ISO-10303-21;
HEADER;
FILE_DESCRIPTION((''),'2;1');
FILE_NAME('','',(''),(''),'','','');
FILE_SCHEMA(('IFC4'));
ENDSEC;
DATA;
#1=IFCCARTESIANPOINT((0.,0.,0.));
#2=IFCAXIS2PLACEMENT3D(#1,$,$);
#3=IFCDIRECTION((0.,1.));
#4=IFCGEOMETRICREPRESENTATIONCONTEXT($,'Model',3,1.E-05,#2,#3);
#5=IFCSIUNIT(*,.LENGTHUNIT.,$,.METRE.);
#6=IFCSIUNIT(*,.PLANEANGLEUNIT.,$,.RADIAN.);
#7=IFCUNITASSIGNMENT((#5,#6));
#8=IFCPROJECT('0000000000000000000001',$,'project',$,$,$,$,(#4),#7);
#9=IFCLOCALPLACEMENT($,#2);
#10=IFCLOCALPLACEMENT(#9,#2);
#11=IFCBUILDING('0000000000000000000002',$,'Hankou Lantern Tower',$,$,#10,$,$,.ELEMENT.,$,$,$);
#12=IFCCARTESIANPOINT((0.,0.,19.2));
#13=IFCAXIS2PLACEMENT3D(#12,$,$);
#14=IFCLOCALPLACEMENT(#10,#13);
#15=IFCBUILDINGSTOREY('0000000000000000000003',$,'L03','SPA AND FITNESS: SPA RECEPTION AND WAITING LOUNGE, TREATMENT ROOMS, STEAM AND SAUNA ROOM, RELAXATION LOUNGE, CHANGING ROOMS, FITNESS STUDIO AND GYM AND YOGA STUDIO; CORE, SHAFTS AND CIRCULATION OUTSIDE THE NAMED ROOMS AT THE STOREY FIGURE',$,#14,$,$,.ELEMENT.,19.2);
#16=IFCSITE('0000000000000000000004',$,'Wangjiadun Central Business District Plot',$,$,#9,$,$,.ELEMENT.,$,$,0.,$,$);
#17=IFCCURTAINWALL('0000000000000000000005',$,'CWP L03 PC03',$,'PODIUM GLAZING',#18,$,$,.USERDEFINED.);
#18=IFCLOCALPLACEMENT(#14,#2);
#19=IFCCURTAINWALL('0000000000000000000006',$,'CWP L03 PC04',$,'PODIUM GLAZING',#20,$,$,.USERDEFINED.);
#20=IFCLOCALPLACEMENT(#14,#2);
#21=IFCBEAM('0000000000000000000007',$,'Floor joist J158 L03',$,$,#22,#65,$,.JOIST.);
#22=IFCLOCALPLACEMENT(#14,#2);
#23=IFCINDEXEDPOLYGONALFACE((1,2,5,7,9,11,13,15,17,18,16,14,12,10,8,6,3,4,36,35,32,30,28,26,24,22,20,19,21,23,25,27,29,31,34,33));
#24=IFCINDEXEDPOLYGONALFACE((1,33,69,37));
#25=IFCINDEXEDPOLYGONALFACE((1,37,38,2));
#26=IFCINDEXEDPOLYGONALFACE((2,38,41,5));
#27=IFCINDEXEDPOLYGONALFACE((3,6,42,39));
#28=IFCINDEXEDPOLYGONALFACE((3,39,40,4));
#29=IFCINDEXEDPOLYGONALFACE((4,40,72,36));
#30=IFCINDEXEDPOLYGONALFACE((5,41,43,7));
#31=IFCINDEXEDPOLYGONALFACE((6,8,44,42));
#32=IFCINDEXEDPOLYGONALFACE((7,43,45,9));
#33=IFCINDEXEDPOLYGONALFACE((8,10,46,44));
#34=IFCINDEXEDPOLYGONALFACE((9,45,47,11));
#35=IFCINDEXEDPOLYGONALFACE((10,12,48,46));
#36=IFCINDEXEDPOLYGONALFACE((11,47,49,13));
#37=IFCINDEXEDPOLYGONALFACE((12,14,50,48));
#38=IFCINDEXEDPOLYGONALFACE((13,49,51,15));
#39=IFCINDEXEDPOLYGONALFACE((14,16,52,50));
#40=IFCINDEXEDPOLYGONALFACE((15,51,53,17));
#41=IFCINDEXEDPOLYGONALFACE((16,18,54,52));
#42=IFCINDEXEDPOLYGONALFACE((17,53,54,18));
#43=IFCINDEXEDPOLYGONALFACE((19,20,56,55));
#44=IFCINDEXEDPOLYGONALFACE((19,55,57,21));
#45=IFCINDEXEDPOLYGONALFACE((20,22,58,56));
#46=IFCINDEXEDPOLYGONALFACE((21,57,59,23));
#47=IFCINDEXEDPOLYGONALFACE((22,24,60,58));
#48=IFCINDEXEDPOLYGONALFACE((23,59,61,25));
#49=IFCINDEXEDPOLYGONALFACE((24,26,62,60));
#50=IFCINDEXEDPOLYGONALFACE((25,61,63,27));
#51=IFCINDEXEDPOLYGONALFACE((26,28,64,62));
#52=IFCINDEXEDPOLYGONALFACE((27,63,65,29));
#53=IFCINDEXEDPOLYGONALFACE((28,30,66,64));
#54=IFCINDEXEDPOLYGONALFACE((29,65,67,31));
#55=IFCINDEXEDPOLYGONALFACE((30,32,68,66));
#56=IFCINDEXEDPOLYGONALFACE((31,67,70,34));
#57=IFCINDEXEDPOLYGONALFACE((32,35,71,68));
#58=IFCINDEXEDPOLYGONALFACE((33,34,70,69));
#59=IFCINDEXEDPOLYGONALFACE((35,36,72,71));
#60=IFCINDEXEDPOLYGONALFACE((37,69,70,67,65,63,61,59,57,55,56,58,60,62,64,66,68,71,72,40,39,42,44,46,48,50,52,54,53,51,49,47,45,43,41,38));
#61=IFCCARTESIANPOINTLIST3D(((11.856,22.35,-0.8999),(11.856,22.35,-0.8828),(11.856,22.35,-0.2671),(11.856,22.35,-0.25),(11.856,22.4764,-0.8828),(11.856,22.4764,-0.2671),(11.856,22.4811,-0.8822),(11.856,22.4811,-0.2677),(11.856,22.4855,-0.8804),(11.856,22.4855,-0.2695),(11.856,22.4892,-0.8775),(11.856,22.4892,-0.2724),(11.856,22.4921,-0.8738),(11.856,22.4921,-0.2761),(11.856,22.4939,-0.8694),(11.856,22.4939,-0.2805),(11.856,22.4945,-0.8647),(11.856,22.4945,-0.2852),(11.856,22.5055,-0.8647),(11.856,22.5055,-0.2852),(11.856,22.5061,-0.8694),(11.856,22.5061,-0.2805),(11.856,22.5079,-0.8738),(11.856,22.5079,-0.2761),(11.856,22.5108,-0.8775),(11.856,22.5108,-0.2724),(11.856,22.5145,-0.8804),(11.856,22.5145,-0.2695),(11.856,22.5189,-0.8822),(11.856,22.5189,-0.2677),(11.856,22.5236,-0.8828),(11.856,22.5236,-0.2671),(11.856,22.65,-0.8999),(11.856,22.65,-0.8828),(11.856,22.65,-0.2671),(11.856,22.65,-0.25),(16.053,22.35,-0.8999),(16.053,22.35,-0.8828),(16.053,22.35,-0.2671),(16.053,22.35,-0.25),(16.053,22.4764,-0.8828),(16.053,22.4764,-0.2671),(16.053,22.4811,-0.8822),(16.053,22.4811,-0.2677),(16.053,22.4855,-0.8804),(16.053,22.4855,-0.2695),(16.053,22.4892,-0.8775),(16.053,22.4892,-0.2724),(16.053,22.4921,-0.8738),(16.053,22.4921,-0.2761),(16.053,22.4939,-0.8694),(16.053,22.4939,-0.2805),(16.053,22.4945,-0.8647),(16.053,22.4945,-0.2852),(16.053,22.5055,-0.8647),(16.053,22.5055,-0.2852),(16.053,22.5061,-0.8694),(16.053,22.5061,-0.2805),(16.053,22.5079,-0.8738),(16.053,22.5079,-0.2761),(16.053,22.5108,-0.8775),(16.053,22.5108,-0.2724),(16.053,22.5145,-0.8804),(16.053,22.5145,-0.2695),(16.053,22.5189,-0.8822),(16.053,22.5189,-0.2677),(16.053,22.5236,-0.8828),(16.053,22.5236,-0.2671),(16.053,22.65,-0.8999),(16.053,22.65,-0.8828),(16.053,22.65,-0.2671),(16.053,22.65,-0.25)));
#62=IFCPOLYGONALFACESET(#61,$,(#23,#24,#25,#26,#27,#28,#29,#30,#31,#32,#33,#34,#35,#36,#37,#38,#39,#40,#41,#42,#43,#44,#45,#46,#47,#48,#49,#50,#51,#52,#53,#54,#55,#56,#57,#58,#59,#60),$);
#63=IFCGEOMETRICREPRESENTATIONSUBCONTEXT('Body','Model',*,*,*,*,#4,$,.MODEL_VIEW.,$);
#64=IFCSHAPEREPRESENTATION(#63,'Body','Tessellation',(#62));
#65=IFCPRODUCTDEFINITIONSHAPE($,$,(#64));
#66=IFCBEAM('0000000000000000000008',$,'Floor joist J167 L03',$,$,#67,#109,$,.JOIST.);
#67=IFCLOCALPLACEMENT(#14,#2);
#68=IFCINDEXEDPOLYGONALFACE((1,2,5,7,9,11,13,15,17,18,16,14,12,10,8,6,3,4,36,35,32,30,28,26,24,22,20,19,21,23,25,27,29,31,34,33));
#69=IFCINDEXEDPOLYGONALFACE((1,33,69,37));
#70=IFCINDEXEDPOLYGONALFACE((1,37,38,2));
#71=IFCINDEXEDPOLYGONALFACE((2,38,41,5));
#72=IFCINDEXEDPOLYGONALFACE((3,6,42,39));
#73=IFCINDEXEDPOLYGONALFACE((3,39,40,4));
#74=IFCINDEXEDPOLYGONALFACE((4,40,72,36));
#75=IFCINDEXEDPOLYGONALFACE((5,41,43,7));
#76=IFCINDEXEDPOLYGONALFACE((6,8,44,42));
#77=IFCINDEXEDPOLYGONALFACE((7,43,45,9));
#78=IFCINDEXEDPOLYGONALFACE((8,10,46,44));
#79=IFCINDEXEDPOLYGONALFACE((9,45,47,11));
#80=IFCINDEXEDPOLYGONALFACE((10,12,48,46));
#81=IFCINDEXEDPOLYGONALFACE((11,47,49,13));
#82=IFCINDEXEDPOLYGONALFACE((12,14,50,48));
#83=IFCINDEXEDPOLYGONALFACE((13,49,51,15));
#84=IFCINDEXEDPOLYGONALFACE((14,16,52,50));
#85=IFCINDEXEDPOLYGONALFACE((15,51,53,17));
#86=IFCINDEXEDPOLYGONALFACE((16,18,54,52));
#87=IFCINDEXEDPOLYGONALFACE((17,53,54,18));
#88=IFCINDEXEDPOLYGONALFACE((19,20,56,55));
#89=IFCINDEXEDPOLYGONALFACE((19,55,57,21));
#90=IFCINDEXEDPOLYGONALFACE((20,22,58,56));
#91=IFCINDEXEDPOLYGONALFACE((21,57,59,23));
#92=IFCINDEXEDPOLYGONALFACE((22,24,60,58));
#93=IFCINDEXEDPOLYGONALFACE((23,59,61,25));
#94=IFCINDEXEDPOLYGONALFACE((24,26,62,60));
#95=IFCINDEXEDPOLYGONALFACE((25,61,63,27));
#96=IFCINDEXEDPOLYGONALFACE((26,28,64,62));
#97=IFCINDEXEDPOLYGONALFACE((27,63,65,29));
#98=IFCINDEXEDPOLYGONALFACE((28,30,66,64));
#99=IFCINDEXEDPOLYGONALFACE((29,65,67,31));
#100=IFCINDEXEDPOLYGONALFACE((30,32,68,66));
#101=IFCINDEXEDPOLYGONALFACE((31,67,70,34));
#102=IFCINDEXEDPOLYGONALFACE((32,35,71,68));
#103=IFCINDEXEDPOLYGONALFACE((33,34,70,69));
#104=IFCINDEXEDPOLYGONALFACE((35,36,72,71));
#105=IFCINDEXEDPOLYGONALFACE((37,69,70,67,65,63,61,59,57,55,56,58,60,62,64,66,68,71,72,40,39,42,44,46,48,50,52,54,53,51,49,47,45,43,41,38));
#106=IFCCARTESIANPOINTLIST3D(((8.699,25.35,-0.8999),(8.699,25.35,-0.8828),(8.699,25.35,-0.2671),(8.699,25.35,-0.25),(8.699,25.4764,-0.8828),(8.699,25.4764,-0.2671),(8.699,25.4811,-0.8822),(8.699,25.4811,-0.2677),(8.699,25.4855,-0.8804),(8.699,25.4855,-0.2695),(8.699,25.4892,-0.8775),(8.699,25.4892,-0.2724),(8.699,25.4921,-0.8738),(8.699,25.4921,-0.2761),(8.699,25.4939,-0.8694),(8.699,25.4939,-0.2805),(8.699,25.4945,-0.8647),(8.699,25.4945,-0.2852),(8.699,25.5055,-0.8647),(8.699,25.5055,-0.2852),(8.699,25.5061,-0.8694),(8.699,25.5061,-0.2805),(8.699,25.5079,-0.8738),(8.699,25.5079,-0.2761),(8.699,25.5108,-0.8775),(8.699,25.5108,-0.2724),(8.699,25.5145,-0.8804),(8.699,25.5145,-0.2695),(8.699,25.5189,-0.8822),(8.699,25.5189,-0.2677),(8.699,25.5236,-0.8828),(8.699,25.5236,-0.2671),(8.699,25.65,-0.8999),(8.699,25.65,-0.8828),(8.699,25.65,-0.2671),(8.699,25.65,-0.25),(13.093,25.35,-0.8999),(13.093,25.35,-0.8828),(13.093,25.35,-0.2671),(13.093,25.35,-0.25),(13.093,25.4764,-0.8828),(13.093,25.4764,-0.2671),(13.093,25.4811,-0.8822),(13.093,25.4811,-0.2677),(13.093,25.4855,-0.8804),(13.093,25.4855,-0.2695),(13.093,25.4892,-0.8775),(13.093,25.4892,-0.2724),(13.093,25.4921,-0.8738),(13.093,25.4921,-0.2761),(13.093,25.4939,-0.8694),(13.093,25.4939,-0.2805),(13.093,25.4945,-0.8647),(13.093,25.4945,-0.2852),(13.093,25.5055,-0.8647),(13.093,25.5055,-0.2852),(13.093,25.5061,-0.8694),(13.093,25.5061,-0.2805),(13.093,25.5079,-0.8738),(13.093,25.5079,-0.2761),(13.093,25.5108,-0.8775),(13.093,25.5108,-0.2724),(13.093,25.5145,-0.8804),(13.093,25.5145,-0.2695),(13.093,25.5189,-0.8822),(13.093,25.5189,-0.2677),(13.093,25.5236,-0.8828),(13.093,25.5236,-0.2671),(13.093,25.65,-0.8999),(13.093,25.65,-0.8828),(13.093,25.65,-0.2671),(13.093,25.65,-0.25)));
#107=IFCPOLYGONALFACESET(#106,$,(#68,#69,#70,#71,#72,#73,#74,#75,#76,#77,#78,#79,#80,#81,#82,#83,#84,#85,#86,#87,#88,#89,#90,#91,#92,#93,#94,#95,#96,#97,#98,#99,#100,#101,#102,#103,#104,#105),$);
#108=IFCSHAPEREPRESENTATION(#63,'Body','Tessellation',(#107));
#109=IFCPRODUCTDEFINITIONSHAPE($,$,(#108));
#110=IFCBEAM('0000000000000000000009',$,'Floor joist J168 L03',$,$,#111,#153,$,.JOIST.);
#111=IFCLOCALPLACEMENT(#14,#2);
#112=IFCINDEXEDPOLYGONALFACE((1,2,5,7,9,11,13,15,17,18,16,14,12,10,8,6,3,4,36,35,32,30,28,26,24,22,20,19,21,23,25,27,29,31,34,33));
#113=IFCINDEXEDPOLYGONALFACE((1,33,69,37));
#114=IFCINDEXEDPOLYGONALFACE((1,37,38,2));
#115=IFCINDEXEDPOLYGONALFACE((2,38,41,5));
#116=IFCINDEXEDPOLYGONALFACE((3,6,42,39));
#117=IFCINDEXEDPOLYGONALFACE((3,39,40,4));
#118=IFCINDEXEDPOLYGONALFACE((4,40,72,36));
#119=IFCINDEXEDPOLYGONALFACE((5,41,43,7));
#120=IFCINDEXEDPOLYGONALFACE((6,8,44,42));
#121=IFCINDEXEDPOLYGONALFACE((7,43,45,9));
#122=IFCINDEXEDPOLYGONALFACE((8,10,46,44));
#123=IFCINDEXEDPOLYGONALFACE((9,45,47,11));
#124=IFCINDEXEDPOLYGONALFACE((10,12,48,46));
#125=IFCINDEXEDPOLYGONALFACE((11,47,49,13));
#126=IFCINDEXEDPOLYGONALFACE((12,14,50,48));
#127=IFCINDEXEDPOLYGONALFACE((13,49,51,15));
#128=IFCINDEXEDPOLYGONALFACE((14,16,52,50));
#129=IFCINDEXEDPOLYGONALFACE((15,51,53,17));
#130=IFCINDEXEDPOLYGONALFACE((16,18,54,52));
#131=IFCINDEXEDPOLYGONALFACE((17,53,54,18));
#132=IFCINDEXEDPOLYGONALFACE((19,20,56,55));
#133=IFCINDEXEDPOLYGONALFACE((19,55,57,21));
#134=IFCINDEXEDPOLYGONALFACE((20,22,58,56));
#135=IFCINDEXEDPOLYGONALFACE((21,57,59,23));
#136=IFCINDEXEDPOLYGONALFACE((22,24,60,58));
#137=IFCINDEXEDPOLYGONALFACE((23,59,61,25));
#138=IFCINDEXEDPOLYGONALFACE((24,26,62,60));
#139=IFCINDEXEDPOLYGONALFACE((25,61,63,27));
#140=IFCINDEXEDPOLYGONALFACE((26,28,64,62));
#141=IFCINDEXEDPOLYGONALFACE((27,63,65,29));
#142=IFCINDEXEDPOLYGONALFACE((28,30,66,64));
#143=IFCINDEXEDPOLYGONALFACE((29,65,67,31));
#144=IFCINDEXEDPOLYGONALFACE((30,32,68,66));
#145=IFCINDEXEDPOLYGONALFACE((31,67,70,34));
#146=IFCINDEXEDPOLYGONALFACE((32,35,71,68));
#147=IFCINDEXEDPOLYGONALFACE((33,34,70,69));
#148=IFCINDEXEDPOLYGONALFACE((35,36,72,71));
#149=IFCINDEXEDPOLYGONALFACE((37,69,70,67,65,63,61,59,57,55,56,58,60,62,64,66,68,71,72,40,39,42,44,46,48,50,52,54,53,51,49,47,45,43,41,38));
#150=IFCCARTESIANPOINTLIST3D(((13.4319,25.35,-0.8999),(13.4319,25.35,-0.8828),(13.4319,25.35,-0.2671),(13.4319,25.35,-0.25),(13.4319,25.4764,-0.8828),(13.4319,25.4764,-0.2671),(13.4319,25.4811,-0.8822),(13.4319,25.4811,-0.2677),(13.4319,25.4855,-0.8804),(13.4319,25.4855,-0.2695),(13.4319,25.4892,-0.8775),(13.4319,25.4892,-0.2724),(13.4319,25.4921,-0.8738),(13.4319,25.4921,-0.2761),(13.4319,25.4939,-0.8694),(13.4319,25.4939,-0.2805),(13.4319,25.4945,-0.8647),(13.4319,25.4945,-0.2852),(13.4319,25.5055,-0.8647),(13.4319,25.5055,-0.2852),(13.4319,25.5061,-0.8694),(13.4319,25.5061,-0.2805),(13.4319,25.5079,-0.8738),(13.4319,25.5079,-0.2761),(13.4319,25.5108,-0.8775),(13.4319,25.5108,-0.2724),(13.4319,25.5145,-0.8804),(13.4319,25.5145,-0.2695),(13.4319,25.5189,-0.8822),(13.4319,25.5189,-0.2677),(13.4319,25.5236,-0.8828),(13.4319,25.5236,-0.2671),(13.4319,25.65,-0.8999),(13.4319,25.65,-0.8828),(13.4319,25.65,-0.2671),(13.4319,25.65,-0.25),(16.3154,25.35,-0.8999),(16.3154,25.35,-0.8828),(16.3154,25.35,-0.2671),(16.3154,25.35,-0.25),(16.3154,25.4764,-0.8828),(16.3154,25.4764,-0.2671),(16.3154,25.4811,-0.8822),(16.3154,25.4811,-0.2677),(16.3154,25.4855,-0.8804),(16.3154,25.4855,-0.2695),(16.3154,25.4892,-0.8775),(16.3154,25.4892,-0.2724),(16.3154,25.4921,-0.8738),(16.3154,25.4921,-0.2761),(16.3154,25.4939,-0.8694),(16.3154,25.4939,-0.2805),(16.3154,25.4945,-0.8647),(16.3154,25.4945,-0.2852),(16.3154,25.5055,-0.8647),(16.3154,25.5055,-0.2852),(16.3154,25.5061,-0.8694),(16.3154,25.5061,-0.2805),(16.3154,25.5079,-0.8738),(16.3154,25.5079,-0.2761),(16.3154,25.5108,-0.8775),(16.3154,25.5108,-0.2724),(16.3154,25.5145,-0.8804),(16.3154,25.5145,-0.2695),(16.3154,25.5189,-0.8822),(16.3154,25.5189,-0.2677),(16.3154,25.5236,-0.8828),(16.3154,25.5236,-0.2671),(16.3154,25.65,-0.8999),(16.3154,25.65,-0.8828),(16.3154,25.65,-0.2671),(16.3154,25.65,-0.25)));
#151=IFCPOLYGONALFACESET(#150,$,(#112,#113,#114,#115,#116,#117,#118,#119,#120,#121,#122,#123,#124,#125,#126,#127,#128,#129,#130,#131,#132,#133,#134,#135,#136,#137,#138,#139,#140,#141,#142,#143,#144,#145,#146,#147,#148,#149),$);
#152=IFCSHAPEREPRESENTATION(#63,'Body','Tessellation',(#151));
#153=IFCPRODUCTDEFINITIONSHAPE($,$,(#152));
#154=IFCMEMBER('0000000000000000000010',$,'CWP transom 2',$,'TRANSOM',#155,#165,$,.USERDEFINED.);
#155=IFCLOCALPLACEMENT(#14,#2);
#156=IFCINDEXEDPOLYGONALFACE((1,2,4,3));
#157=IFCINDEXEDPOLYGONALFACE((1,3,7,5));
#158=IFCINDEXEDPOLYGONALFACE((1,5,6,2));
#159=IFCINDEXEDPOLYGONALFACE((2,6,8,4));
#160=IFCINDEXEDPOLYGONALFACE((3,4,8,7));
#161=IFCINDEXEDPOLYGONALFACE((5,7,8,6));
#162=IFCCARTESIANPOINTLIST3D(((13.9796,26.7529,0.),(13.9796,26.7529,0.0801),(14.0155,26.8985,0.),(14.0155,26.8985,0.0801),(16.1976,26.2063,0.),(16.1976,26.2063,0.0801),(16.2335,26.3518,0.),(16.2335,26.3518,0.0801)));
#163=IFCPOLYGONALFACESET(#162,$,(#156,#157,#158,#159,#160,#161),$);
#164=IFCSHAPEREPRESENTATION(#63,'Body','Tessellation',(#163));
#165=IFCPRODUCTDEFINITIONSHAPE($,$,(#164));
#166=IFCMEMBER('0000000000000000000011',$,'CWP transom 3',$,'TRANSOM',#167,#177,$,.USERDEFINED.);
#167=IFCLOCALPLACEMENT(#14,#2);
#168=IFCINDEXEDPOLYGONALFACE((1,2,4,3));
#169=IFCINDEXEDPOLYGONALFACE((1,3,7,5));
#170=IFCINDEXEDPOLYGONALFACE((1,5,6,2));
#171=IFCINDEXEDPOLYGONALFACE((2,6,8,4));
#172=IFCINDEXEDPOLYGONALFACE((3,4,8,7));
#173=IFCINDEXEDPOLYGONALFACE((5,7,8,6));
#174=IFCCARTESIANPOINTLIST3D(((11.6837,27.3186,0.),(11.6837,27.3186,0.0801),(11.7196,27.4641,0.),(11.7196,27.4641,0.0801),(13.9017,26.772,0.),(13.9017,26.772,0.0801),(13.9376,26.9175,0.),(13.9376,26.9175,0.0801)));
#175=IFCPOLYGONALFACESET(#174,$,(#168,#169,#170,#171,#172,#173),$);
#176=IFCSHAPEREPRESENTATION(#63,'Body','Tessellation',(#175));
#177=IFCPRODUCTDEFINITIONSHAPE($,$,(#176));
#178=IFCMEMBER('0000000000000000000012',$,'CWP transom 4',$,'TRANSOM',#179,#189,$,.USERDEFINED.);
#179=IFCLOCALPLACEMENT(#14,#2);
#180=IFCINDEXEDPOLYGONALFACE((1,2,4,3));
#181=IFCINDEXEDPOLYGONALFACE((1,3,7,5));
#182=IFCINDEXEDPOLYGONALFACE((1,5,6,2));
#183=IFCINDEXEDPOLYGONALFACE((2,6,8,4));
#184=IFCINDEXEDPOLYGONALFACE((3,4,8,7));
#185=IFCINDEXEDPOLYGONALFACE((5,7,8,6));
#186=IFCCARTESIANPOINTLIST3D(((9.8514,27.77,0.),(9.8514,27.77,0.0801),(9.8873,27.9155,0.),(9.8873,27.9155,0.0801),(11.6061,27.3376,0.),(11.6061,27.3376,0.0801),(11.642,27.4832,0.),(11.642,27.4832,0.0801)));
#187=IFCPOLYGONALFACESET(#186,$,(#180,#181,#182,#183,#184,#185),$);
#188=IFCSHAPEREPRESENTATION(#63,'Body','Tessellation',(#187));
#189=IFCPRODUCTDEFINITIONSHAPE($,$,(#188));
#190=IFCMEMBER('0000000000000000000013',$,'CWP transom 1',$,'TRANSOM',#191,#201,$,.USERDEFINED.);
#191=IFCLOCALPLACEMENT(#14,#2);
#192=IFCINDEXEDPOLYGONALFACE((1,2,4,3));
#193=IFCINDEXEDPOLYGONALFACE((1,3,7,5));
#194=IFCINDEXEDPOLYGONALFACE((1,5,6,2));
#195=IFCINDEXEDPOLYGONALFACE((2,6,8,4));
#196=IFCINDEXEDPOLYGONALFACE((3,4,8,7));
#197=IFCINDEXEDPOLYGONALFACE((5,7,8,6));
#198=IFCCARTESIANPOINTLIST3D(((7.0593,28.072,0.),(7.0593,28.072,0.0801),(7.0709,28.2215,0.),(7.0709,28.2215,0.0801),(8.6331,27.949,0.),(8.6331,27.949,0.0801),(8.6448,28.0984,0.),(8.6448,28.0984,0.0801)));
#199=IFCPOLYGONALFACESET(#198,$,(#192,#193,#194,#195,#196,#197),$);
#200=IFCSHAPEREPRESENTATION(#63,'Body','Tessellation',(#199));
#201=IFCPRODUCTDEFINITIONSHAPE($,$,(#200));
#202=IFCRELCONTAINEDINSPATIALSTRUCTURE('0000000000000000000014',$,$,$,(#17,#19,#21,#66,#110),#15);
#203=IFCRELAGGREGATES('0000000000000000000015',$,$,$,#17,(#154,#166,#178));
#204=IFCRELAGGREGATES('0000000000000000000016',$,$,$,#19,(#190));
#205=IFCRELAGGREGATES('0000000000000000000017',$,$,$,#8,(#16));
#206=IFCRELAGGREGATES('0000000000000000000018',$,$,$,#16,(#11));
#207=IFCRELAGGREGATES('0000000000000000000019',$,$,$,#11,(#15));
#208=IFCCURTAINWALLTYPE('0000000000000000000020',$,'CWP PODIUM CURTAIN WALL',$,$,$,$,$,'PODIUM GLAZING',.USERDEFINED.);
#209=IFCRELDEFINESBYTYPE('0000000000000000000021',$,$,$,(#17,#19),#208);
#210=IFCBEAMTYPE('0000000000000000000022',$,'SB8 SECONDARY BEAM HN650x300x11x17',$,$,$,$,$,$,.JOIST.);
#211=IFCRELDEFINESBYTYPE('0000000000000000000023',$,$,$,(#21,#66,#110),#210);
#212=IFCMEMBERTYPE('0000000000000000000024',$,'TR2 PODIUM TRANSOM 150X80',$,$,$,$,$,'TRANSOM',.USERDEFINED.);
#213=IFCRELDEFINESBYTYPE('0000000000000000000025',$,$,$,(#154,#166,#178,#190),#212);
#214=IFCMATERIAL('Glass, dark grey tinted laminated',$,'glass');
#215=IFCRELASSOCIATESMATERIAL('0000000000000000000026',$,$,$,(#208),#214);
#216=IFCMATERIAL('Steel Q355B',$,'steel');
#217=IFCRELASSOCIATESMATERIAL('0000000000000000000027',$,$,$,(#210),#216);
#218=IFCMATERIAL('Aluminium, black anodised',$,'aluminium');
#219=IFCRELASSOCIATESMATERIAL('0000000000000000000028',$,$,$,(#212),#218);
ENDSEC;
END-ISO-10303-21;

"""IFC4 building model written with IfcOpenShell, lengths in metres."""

from ifc_helpers import new_model, si_unit, direction, frame, origin, origin_2d, place, context, subcontext, project, spatial, rectangle, i_section, extrude, material, material_profile, profile_set, type_object, element, aggregate, save


model = new_model("IFC4")

# Units and contexts
model_context = context("Model", 3, precision=1e-05, world=origin(), true_north=direction((0.0, 1.0)))
body_context = subcontext(model_context, "Body", "Model", "MODEL_VIEW")
ifc_project = project(units=[si_unit("LENGTHUNIT", "METRE"), si_unit("PLANEANGLEUNIT", "RADIAN")], contexts=[model_context])

# Site, building, storey
site_placement = place(None, origin())
site = spatial("IfcSite", under=ifc_project, at=site_placement, Name="Wangjiadun Central Business District Plot", CompositionType="ELEMENT", RefElevation=0.0)
building_placement = place(site_placement, origin())
building = spatial("IfcBuilding", under=site, at=building_placement, Name="Hankou Lantern Tower", CompositionType="ELEMENT")
storey_placement = place(building_placement, frame((0.0, 0.0, 19.2)))
storey = spatial("IfcBuildingStorey", under=building, at=storey_placement, Name="L03", Description="SPA AND FITNESS: SPA RECEPTION AND WAITING LOUNGE, TREATMENT ROOMS, STEAM AND SAUNA ROOM, RELAXATION LOUNGE, CHANGING ROOMS, FITNESS STUDIO AND GYM AND YOGA STUDIO; CORE, SHAFTS AND CIRCULATION OUTSIDE THE NAMED ROOMS AT THE STOREY FIGURE", CompositionType="ELEMENT", Elevation=19.2)

# Curtain wall
ifc_material_1 = material(Name="Glass, dark grey tinted laminated", Category="glass")
curtain_wall_type = type_object("IfcCurtainWallType", Name="CWP PODIUM CURTAIN WALL", ElementType="PODIUM GLAZING", PredefinedType="USERDEFINED", material=ifc_material_1)
curtain_wall_1_placement = place(storey_placement, origin())
curtain_wall_1 = element("IfcCurtainWall", 1, at=curtain_wall_1_placement, inside=storey, type_object=curtain_wall_type, Name="CWP L03 PC03", ObjectType="PODIUM GLAZING", PredefinedType="USERDEFINED")

# Curtain wall
curtain_wall_2_placement = place(storey_placement, origin())
curtain_wall_2 = element("IfcCurtainWall", 2, at=curtain_wall_2_placement, inside=storey, type_object=curtain_wall_type, Name="CWP L03 PC04", ObjectType="PODIUM GLAZING", PredefinedType="USERDEFINED")

# Beams
ifc_material_2 = material(Name="Steel Q355B", Category="steel")
ifc_material_profile_1 = material_profile(ifc_material_2, i_section(OverallWidth=0.3, OverallDepth=0.6499, WebThickness=0.011, FlangeThickness=0.0171, FilletRadius=0.0181, at=origin_2d()), Name="HN650x300x11x17")
ifc_profile_set_1 = profile_set([ifc_material_profile_1], Name="Steel Q355B")
beam_type_1 = type_object("IfcBeamType", Name="SB8 SECONDARY BEAM HN650x300x11x17", PredefinedType="JOIST", material=ifc_profile_set_1)
beam_1_placement = place(storey_placement, frame((11.856, 22.5, -0.575), z_axis=(1.0, 0.0, 0.0), x_axis=(0.0, 1.0, 0.0)))
element("IfcBeam", 3, at=beam_1_placement, inside=storey, type_object=beam_type_1, Name="Floor joist J158 L03", PredefinedType="JOIST", context=body_context, shape_type="SweptSolid", body=[
    extrude(i_section(OverallWidth=0.3, OverallDepth=0.6499, WebThickness=0.011, FlangeThickness=0.0171, FilletRadius=0.0181, at=origin_2d()), origin(), (0.0, 0.0, 1.0), 4.197),
])
beam_2_placement = place(storey_placement, frame((8.699, 25.5, -0.575), z_axis=(1.0, 0.0, 0.0), x_axis=(0.0, 1.0, 0.0)))
element("IfcBeam", 4, at=beam_2_placement, inside=storey, type_object=beam_type_1, Name="Floor joist J167 L03", PredefinedType="JOIST", context=body_context, shape_type="SweptSolid", body=[
    extrude(i_section(OverallWidth=0.3, OverallDepth=0.6499, WebThickness=0.011, FlangeThickness=0.0171, FilletRadius=0.0181, at=origin_2d()), origin(), (0.0, 0.0, 1.0), 4.394),
])
beam_3_placement = place(storey_placement, frame((13.4319, 25.5, -0.575), z_axis=(1.0, 0.0, 0.0), x_axis=(0.0, 1.0, 0.0)))
element("IfcBeam", 5, at=beam_3_placement, inside=storey, type_object=beam_type_1, Name="Floor joist J168 L03", PredefinedType="JOIST", context=body_context, shape_type="SweptSolid", body=[
    extrude(i_section(OverallWidth=0.3, OverallDepth=0.6499, WebThickness=0.011, FlangeThickness=0.0171, FilletRadius=0.0181, at=origin_2d()), origin(), (0.0, 0.0, 1.0), 2.8835),
])

# Members
ifc_material_3 = material(Name="Aluminium, black anodised", Category="aluminium")
ifc_material_profile_2 = material_profile(ifc_material_3, rectangle(XDim=0.1499, YDim=0.0801, at=origin_2d()), Name="TR2 150X80")
ifc_profile_set_2 = profile_set([ifc_material_profile_2], Name="Aluminium, black anodised")
member_type_1 = type_object("IfcMemberType", Name="TR2 PODIUM TRANSOM 150X80", ElementType="TRANSOM", PredefinedType="USERDEFINED", material=ifc_profile_set_2)
member_1_placement = place(storey_placement, frame((16.2156, 26.2791, 0.04), z_axis=(-0.970948, 0.23929, 0.0), x_axis=(-0.23929, -0.970948, 0.0)))
member_1 = element("IfcMember", 6, at=member_1_placement, type_object=member_type_1, Name="CWP transom 2", ObjectType="TRANSOM", PredefinedType="USERDEFINED", context=body_context, shape_type="SweptSolid", body=[
    extrude(rectangle(XDim=0.1499, YDim=0.0801, at=origin_2d()), origin(), (0.0, 0.0, 1.0), 2.2844),
])
member_2_placement = place(storey_placement, frame((13.9197, 26.8447, 0.04), z_axis=(-0.970948, 0.23929, 0.0), x_axis=(-0.23929, -0.970948, 0.0)))
member_2 = element("IfcMember", 7, at=member_2_placement, type_object=member_type_1, Name="CWP transom 3", ObjectType="TRANSOM", PredefinedType="USERDEFINED", context=body_context, shape_type="SweptSolid", body=[
    extrude(rectangle(XDim=0.1499, YDim=0.0801, at=origin_2d()), origin(), (0.0, 0.0, 1.0), 2.2844),
])
member_3_placement = place(storey_placement, frame((11.624, 27.4104, 0.04), z_axis=(-0.970956, 0.23926, 0.0), x_axis=(-0.23926, -0.970956, 0.0)))
member_3 = element("IfcMember", 8, at=member_3_placement, type_object=member_type_1, Name="CWP transom 4", ObjectType="TRANSOM", PredefinedType="USERDEFINED", context=body_context, shape_type="SweptSolid", body=[
    extrude(rectangle(XDim=0.1499, YDim=0.0801, at=origin_2d()), origin(), (0.0, 0.0, 1.0), 1.8071),
])
member_4_placement = place(storey_placement, frame((8.6389, 28.0237, 0.04), z_axis=(-0.996957, 0.07795, 0.0), x_axis=(-0.07795, -0.996957, 0.0)))
member_4 = element("IfcMember", 9, at=member_4_placement, type_object=member_type_1, Name="CWP transom 1", ObjectType="TRANSOM", PredefinedType="USERDEFINED", context=body_context, shape_type="SweptSolid", body=[
    extrude(rectangle(XDim=0.1499, YDim=0.0801, at=origin_2d()), origin(), (0.0, 0.0, 1.0), 1.5786),
])

aggregate(curtain_wall_1, [member_1, member_2, member_3])
aggregate(curtain_wall_2, [member_4])

save(model, "model.ifc")
